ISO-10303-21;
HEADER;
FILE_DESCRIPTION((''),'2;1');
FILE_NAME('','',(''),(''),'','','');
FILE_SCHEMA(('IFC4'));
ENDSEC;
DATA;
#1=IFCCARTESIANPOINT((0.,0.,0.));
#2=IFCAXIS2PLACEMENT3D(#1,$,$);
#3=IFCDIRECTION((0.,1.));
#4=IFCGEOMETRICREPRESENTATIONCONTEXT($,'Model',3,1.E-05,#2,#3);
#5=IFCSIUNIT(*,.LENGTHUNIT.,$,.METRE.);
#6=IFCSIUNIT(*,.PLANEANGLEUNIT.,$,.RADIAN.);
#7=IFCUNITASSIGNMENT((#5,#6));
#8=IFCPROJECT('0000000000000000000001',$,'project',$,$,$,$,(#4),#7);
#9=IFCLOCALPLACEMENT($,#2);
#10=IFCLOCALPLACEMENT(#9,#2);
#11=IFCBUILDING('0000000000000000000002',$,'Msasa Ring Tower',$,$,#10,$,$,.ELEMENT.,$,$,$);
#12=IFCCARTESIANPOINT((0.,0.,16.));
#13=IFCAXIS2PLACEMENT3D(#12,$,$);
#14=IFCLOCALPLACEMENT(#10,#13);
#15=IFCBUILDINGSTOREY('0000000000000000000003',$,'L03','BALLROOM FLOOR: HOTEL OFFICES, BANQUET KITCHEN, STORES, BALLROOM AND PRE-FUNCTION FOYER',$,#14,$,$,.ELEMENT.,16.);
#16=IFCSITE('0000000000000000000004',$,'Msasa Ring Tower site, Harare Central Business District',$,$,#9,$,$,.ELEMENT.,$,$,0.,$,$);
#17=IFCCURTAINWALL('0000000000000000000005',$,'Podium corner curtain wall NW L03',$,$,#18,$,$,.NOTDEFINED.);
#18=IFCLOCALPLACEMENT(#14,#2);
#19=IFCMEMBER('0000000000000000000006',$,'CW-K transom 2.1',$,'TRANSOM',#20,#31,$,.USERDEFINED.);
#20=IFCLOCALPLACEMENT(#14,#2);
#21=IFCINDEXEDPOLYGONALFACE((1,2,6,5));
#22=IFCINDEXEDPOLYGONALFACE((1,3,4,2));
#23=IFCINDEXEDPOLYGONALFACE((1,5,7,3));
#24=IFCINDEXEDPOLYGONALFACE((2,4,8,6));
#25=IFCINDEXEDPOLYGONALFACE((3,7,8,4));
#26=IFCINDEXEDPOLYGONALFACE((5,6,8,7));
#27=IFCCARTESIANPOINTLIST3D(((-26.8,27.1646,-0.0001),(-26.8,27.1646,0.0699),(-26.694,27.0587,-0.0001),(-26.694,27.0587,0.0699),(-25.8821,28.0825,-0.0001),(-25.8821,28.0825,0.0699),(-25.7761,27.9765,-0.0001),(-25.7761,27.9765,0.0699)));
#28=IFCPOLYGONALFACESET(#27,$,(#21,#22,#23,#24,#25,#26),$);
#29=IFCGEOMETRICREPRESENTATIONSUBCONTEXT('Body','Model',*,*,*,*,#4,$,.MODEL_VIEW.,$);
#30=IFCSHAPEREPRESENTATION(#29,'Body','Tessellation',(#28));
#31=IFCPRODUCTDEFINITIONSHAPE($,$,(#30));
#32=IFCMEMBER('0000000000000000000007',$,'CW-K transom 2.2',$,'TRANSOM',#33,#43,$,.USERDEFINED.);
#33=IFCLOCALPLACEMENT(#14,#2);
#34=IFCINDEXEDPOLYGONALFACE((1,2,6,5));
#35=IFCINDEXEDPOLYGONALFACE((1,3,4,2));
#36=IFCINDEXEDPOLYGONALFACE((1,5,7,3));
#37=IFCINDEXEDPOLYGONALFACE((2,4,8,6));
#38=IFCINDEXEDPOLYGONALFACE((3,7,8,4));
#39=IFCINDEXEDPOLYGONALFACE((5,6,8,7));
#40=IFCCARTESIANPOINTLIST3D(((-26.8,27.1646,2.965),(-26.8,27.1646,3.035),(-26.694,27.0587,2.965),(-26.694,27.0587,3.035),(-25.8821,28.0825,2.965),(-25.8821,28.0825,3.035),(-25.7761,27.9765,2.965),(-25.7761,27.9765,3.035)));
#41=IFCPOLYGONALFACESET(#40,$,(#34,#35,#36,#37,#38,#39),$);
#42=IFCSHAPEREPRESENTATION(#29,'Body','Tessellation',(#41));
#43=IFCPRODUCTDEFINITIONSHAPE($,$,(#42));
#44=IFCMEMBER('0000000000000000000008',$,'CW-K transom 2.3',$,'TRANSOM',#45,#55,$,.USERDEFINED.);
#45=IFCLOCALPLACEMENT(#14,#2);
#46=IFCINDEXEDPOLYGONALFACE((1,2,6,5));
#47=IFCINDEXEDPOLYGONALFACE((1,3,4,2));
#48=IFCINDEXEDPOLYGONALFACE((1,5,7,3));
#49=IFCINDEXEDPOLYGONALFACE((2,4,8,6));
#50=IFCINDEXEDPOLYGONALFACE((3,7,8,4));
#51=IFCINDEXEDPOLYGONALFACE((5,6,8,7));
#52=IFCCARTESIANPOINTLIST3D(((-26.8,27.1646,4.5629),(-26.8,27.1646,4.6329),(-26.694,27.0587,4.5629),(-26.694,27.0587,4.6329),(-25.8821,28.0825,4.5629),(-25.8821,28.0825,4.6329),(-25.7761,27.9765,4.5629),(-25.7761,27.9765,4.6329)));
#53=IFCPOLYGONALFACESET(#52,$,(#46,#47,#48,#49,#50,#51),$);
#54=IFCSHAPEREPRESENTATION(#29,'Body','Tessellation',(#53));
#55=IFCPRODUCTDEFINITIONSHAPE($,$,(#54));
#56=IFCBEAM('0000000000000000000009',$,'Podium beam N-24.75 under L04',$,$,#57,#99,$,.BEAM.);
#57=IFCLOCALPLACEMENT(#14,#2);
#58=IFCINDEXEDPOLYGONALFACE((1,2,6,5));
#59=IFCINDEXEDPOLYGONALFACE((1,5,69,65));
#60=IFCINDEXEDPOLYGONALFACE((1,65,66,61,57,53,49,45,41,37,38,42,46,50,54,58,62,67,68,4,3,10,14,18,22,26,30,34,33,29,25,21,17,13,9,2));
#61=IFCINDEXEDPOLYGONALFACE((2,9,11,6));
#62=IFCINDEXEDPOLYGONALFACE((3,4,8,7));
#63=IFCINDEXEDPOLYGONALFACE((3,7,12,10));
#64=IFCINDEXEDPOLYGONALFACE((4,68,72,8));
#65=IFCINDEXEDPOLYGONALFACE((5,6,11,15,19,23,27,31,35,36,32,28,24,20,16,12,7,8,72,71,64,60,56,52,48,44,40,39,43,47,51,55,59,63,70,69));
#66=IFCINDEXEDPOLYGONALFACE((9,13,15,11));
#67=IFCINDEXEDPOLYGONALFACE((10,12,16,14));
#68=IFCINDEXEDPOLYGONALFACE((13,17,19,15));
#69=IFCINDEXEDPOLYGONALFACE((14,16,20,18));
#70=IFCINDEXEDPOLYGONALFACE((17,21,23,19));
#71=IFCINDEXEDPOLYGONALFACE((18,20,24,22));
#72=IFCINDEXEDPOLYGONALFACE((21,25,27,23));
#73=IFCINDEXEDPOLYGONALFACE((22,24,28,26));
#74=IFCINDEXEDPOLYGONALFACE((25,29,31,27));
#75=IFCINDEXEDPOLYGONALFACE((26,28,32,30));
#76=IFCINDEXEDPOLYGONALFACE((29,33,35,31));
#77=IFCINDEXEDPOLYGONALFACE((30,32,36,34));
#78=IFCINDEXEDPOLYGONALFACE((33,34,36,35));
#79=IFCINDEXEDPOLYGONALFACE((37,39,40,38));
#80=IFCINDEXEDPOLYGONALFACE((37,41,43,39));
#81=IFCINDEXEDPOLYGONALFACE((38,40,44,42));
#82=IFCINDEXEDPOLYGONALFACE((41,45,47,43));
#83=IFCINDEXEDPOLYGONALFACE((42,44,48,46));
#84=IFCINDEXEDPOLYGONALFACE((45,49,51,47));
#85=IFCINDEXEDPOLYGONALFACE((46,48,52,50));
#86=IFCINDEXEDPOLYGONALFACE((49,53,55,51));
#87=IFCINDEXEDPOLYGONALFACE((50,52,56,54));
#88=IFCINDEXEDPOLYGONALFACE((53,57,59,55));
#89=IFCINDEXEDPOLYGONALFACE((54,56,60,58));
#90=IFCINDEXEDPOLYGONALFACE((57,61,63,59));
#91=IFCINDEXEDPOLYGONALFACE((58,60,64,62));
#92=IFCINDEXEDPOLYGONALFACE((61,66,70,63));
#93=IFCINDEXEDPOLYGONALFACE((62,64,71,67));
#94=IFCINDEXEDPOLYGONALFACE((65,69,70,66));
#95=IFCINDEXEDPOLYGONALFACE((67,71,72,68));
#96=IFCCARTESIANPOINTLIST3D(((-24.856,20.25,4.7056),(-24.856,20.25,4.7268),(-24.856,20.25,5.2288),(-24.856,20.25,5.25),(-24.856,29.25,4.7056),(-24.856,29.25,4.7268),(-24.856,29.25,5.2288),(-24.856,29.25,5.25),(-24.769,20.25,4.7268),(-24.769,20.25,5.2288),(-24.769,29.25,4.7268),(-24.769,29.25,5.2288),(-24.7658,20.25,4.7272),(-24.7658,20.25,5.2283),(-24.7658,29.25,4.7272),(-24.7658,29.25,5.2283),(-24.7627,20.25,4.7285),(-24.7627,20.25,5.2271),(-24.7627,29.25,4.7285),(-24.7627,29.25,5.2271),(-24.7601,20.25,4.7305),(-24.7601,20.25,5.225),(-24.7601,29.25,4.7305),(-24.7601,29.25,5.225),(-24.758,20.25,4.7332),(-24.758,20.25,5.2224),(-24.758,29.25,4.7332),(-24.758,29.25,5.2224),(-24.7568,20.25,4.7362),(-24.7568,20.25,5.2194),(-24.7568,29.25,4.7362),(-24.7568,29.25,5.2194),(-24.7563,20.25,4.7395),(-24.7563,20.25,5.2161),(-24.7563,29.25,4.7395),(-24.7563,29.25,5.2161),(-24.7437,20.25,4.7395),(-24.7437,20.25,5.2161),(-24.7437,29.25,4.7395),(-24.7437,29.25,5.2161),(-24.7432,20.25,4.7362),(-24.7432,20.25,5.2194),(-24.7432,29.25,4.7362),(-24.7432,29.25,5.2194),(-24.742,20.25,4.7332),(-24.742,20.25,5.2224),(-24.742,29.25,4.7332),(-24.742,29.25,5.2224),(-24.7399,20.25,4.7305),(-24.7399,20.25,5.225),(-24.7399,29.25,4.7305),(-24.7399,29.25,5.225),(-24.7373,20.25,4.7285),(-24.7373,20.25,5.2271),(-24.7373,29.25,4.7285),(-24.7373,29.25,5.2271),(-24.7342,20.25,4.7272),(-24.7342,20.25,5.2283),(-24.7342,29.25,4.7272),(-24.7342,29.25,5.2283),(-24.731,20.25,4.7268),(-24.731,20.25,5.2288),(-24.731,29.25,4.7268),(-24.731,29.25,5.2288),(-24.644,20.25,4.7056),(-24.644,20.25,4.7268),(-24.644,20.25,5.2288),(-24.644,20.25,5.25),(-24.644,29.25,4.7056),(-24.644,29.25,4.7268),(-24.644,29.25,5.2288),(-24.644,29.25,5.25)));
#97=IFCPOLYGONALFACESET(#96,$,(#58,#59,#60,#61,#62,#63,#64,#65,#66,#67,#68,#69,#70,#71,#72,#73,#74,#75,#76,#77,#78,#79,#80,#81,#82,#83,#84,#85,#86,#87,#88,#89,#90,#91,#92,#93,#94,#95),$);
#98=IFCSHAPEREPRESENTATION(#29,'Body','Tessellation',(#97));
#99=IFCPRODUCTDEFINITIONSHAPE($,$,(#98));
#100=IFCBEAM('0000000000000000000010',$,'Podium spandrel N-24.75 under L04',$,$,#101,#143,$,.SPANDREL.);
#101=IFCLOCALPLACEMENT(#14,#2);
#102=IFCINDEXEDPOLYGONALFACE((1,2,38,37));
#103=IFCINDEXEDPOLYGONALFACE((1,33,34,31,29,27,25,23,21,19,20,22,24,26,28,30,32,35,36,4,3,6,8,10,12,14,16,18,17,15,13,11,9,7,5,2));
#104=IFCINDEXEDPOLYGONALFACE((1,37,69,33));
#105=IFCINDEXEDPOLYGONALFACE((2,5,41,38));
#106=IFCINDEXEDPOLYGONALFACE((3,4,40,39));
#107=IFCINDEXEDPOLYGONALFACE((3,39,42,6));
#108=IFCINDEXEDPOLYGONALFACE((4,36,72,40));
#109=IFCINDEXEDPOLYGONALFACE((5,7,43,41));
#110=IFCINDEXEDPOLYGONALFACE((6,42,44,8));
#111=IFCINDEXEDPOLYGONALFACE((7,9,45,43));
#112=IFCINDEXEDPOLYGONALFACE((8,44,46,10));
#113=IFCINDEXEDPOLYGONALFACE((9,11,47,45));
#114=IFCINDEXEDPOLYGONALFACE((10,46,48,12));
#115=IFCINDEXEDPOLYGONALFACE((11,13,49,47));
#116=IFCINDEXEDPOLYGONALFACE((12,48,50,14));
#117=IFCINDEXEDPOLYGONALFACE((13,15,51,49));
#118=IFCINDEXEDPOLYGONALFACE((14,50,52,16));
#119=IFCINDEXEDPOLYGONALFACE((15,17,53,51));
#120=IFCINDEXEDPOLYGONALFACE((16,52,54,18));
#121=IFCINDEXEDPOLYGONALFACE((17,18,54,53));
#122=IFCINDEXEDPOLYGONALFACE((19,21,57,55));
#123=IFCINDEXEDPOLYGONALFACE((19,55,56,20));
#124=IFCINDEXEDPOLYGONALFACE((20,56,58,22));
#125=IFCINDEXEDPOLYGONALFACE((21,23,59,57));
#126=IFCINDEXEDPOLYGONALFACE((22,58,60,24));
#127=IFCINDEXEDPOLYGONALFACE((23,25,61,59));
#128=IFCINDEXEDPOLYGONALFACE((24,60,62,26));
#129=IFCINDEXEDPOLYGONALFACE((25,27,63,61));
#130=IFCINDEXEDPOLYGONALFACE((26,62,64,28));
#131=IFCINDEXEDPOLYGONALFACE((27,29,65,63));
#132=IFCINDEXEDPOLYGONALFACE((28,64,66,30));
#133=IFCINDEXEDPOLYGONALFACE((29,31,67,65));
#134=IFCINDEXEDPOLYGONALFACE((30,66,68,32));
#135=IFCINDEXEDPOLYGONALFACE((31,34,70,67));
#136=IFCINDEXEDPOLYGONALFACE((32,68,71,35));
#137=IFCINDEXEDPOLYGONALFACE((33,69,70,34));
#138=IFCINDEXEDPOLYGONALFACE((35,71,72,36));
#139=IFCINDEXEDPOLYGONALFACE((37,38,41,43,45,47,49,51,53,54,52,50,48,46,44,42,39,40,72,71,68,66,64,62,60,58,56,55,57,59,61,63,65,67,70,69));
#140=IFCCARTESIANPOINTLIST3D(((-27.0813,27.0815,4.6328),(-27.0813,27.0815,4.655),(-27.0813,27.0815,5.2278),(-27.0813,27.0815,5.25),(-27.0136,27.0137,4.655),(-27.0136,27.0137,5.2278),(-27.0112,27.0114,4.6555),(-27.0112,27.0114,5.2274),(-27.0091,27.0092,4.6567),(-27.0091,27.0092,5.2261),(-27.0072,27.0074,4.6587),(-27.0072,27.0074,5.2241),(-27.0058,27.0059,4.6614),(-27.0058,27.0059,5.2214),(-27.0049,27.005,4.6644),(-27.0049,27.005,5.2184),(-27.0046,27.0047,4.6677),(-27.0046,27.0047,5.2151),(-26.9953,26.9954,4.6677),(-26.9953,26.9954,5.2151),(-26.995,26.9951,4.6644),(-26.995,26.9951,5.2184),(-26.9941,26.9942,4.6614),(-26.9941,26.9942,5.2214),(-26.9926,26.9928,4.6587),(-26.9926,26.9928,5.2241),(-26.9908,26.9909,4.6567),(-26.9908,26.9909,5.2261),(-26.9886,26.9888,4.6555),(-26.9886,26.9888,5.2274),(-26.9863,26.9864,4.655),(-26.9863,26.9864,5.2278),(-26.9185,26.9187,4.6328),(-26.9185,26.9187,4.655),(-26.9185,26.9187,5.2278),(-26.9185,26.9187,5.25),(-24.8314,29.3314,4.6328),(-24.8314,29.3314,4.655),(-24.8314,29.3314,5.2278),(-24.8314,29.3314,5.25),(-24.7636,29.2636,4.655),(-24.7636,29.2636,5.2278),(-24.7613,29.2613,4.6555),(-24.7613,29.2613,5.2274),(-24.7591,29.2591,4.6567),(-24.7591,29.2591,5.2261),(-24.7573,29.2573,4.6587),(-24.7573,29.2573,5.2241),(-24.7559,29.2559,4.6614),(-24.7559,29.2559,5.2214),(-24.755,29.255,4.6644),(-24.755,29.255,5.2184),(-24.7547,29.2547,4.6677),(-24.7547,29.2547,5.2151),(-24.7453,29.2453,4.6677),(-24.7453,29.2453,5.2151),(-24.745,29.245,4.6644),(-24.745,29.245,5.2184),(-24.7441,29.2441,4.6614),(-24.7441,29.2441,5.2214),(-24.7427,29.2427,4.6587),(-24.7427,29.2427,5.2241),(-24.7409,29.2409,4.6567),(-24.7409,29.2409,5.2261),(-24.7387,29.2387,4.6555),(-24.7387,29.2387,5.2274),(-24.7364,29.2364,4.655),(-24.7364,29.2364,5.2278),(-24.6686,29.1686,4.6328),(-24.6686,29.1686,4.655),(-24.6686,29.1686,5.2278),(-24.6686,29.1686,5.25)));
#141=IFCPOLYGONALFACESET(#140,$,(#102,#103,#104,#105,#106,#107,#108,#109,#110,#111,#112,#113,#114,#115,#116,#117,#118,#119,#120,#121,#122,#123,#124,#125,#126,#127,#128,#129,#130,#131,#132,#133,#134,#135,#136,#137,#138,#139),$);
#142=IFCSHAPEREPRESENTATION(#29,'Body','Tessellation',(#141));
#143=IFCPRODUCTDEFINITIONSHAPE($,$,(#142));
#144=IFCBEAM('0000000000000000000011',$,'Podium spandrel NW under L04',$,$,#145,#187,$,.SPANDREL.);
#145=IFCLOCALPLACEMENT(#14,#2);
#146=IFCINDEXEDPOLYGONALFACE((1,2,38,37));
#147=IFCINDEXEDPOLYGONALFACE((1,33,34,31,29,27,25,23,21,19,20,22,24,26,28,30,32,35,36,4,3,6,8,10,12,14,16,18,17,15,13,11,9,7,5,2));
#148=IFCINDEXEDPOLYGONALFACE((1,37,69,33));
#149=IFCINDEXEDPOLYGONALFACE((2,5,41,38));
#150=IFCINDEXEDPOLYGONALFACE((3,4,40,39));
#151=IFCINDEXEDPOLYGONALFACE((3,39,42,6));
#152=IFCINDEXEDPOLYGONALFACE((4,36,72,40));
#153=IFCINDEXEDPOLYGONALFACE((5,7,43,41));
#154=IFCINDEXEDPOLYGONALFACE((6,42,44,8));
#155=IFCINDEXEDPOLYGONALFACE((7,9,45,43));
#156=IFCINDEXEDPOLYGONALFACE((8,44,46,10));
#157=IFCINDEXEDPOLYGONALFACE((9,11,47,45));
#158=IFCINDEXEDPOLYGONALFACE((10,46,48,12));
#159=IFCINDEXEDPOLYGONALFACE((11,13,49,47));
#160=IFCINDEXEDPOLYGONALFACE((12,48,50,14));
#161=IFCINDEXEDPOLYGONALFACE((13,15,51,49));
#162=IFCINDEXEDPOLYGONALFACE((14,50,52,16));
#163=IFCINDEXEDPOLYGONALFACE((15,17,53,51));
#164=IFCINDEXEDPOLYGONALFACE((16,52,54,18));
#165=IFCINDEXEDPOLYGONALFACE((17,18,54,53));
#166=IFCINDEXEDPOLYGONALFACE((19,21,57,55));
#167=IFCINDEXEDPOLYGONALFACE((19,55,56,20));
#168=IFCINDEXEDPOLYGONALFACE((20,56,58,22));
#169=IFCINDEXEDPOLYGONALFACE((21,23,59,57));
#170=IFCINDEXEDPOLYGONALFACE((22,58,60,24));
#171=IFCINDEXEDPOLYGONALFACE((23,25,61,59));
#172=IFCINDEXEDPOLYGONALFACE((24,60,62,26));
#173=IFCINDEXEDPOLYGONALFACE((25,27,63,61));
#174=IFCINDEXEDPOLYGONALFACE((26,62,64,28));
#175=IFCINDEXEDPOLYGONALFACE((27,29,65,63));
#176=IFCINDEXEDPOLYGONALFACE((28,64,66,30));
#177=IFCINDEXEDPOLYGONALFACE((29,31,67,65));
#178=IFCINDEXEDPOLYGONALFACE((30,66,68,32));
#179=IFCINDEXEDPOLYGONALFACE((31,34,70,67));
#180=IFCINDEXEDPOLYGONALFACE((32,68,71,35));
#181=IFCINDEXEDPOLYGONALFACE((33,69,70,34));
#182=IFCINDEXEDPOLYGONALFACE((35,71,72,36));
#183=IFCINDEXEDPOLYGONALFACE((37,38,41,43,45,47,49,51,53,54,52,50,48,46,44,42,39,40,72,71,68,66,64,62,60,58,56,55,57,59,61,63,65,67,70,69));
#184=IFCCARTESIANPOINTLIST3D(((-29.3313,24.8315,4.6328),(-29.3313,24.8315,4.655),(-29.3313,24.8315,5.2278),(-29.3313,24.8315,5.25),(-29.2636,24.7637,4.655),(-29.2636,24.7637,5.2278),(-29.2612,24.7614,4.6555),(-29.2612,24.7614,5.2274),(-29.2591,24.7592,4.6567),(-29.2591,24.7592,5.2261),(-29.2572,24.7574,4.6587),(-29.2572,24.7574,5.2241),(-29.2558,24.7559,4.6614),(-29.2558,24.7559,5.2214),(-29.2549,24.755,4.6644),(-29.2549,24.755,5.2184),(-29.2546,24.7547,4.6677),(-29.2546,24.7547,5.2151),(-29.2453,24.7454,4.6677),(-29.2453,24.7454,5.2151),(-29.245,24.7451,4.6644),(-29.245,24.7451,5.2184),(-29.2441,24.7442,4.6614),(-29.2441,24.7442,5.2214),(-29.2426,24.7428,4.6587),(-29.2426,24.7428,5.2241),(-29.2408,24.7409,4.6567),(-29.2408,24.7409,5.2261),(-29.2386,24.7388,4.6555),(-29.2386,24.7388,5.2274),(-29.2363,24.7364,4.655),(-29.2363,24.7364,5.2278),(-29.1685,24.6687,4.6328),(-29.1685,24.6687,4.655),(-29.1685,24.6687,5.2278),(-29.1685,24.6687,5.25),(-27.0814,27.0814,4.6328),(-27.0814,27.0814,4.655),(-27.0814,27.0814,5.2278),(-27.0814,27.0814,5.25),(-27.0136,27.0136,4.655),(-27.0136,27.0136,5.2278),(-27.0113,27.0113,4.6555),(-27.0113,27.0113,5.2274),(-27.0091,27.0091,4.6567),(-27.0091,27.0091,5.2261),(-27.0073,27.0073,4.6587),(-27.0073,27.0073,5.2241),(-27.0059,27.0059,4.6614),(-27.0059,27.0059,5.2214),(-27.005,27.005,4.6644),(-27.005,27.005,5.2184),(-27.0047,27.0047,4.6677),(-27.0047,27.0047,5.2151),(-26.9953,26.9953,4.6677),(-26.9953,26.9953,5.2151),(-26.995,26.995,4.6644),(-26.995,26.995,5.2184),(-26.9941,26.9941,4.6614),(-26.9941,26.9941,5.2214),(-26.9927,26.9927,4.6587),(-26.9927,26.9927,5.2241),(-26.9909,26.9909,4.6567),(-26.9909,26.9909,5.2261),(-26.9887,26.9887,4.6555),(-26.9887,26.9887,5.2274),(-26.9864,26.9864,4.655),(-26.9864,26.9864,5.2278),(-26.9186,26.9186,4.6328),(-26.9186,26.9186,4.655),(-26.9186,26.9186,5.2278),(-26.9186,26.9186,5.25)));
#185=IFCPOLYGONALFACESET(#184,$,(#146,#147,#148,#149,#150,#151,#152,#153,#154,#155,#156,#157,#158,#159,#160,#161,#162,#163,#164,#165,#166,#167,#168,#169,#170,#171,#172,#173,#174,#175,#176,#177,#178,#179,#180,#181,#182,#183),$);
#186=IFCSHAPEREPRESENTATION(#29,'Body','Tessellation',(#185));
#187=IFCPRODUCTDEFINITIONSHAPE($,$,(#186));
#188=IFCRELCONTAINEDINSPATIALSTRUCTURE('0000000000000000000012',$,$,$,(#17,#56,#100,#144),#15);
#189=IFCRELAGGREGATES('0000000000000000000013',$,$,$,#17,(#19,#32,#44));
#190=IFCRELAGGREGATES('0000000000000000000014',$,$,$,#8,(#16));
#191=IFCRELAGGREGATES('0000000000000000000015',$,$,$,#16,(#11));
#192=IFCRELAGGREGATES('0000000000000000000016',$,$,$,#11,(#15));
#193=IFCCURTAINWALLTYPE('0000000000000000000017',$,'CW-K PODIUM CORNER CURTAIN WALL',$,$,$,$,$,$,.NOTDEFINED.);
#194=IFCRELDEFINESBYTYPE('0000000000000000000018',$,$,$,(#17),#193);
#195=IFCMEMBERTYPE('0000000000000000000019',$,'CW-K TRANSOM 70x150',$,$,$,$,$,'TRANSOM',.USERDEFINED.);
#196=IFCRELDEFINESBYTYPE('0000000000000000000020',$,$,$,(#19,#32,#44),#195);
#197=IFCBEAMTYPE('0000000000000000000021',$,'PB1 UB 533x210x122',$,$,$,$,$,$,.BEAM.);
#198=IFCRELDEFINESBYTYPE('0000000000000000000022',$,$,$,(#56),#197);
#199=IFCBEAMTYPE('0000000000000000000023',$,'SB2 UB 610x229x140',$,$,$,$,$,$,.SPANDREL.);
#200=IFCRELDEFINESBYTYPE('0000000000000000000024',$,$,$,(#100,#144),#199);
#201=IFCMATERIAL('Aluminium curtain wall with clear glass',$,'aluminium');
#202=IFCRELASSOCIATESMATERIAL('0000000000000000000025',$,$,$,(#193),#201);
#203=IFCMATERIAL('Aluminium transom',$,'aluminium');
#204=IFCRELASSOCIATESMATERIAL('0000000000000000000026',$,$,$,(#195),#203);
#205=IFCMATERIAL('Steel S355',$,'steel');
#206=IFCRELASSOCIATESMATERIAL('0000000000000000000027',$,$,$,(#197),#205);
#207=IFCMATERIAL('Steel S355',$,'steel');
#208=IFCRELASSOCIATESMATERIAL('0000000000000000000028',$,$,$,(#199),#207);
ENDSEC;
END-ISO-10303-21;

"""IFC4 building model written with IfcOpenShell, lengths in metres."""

from ifc_helpers import new_model, si_unit, direction, frame, origin, origin_2d, place, context, subcontext, project, spatial, rectangle, i_section, extrude, material, material_profile, profile_set, type_object, element, aggregate, save


model = new_model("IFC4")

# Units and contexts
model_context = context("Model", 3, precision=1e-05, world=origin(), true_north=direction((0.0, 1.0)))
body_context = subcontext(model_context, "Body", "Model", "MODEL_VIEW")
ifc_project = project(units=[si_unit("LENGTHUNIT", "METRE"), si_unit("PLANEANGLEUNIT", "RADIAN")], contexts=[model_context])

# Site, building, storey
site_placement = place(None, origin())
site = spatial("IfcSite", under=ifc_project, at=site_placement, Name="Msasa Ring Tower site, Harare Central Business District", CompositionType="ELEMENT", RefElevation=0.0)
building_placement = place(site_placement, origin())
building = spatial("IfcBuilding", under=site, at=building_placement, Name="Msasa Ring Tower", CompositionType="ELEMENT")
storey_placement = place(building_placement, frame((0.0, 0.0, 16.0)))
storey = spatial("IfcBuildingStorey", under=building, at=storey_placement, Name="L03", Description="BALLROOM FLOOR: HOTEL OFFICES, BANQUET KITCHEN, STORES, BALLROOM AND PRE-FUNCTION FOYER", CompositionType="ELEMENT", Elevation=16.0)

# Shared definitions
ifc_material_1 = material(Name="Aluminium curtain wall with clear glass", Category="aluminium")
curtain_wall_type = type_object("IfcCurtainWallType", Name="CW-K PODIUM CORNER CURTAIN WALL", PredefinedType="NOTDEFINED", material=ifc_material_1)

# Curtain wall, members
curtain_wall_1_placement = place(storey_placement, origin())
curtain_wall_1 = element("IfcCurtainWall", 1, at=curtain_wall_1_placement, inside=storey, type_object=curtain_wall_type, Name="Podium corner curtain wall NW L03", PredefinedType="NOTDEFINED")
ifc_material_2 = material(Name="Aluminium transom", Category="aluminium")
ifc_material_profile_1 = material_profile(ifc_material_2, rectangle(XDim=0.1499, YDim=0.0701, at=origin_2d()), Name="AL 70x150")
ifc_profile_set_1 = profile_set([ifc_material_profile_1], Name="Aluminium transom")
member_type_1 = type_object("IfcMemberType", Name="CW-K TRANSOM 70x150", ElementType="TRANSOM", PredefinedType="USERDEFINED", material=ifc_profile_set_1)
member_1_placement = place(storey_placement, frame((-25.8291, 28.0295, 0.0349), z_axis=(-0.707107, -0.707107, 0.0), x_axis=(0.707107, -0.707107, 0.0)))
member_1 = element("IfcMember", 2, at=member_1_placement, type_object=member_type_1, Name="CW-K transom 2.1", ObjectType="TRANSOM", PredefinedType="USERDEFINED", context=body_context, shape_type="SweptSolid", body=[
    extrude(rectangle(XDim=0.1499, YDim=0.0701, at=origin_2d()), origin(), (0.0, 0.0, 1.0), 1.2981),
])
member_2_placement = place(storey_placement, frame((-25.8291, 28.0295, 3.0), z_axis=(-0.707107, -0.707107, 0.0), x_axis=(0.707107, -0.707107, 0.0)))
member_2 = element("IfcMember", 3, at=member_2_placement, type_object=member_type_1, Name="CW-K transom 2.2", ObjectType="TRANSOM", PredefinedType="USERDEFINED", context=body_context, shape_type="SweptSolid", body=[
    extrude(rectangle(XDim=0.1499, YDim=0.0701, at=origin_2d()), origin(), (0.0, 0.0, 1.0), 1.2981),
])
member_3_placement = place(storey_placement, frame((-25.8291, 28.0295, 4.5979), z_axis=(-0.707107, -0.707107, 0.0), x_axis=(0.707107, -0.707107, 0.0)))
member_3 = element("IfcMember", 4, at=member_3_placement, type_object=member_type_1, Name="CW-K transom 2.3", ObjectType="TRANSOM", PredefinedType="USERDEFINED", context=body_context, shape_type="SweptSolid", body=[
    extrude(rectangle(XDim=0.1499, YDim=0.0701, at=origin_2d()), origin(), (0.0, 0.0, 1.0), 1.2981),
])

# Beams
ifc_material_3 = material(Name="Steel S355", Category="steel")
ifc_material_profile_2 = material_profile(ifc_material_3, i_section(OverallWidth=0.2119, OverallDepth=0.5444, WebThickness=0.0127, FlangeThickness=0.0212, FilletRadius=0.0127, at=origin_2d()), Name="UB 533x210x122")
ifc_profile_set_2 = profile_set([ifc_material_profile_2], Name="Steel S355")
beam_type_1 = type_object("IfcBeamType", Name="PB1 UB 533x210x122", PredefinedType="BEAM", material=ifc_profile_set_2)
beam_placement = place(storey_placement, frame((-24.75, 29.25, 4.9778), z_axis=(0.0, -1.0, 0.0), x_axis=(1.0, 0.0, 0.0)))
element("IfcBeam", 5, at=beam_placement, inside=storey, type_object=beam_type_1, Name="Podium beam N-24.75 under L04", PredefinedType="BEAM", context=body_context, shape_type="SweptSolid", body=[
    extrude(i_section(OverallWidth=0.2119, OverallDepth=0.5444, WebThickness=0.0127, FlangeThickness=0.0212, FilletRadius=0.0127, at=origin_2d()), origin(), (0.0, 0.0, 1.0), 9.0),
])
ifc_material_4 = material(Name="Steel S355", Category="steel")
ifc_material_profile_3 = material_profile(ifc_material_4, i_section(OverallWidth=0.2302, OverallDepth=0.6172, WebThickness=0.0132, FlangeThickness=0.0222, FilletRadius=0.0127, at=origin_2d()), Name="UB 610x229x140")
ifc_profile_set_3 = profile_set([ifc_material_profile_3], Name="Steel S355")
beam_type_2 = type_object("IfcBeamType", Name="SB2 UB 610x229x140", PredefinedType="SPANDREL", material=ifc_profile_set_3)
for number, where, z_axis, x_axis, name in (
    (6, (-24.75, 29.25, 4.9414), (-0.707107, -0.707107, 0.0), (0.707107, -0.707107, 0.0), "Podium spandrel N-24.75 under L04"),
    (7, (-27.0, 27.0, 4.9414), (-0.707107, -0.707107, 0.0), (0.707107, -0.707107, 0.0), "Podium spandrel NW under L04"),
):
    element("IfcBeam", number, at=place(storey_placement, frame(where, z_axis=z_axis, x_axis=x_axis)), inside=storey, type_object=beam_type_2, Name=name, PredefinedType="SPANDREL", context=body_context, shape_type="SweptSolid", body=[
        extrude(i_section(OverallWidth=0.2302, OverallDepth=0.6172, WebThickness=0.0132, FlangeThickness=0.0222, FilletRadius=0.0127, at=origin_2d()), origin(), (0.0, 0.0, 1.0), 3.1819),
    ])

aggregate(curtain_wall_1, [member_1, member_2, member_3])

save(model, "model.ifc")
